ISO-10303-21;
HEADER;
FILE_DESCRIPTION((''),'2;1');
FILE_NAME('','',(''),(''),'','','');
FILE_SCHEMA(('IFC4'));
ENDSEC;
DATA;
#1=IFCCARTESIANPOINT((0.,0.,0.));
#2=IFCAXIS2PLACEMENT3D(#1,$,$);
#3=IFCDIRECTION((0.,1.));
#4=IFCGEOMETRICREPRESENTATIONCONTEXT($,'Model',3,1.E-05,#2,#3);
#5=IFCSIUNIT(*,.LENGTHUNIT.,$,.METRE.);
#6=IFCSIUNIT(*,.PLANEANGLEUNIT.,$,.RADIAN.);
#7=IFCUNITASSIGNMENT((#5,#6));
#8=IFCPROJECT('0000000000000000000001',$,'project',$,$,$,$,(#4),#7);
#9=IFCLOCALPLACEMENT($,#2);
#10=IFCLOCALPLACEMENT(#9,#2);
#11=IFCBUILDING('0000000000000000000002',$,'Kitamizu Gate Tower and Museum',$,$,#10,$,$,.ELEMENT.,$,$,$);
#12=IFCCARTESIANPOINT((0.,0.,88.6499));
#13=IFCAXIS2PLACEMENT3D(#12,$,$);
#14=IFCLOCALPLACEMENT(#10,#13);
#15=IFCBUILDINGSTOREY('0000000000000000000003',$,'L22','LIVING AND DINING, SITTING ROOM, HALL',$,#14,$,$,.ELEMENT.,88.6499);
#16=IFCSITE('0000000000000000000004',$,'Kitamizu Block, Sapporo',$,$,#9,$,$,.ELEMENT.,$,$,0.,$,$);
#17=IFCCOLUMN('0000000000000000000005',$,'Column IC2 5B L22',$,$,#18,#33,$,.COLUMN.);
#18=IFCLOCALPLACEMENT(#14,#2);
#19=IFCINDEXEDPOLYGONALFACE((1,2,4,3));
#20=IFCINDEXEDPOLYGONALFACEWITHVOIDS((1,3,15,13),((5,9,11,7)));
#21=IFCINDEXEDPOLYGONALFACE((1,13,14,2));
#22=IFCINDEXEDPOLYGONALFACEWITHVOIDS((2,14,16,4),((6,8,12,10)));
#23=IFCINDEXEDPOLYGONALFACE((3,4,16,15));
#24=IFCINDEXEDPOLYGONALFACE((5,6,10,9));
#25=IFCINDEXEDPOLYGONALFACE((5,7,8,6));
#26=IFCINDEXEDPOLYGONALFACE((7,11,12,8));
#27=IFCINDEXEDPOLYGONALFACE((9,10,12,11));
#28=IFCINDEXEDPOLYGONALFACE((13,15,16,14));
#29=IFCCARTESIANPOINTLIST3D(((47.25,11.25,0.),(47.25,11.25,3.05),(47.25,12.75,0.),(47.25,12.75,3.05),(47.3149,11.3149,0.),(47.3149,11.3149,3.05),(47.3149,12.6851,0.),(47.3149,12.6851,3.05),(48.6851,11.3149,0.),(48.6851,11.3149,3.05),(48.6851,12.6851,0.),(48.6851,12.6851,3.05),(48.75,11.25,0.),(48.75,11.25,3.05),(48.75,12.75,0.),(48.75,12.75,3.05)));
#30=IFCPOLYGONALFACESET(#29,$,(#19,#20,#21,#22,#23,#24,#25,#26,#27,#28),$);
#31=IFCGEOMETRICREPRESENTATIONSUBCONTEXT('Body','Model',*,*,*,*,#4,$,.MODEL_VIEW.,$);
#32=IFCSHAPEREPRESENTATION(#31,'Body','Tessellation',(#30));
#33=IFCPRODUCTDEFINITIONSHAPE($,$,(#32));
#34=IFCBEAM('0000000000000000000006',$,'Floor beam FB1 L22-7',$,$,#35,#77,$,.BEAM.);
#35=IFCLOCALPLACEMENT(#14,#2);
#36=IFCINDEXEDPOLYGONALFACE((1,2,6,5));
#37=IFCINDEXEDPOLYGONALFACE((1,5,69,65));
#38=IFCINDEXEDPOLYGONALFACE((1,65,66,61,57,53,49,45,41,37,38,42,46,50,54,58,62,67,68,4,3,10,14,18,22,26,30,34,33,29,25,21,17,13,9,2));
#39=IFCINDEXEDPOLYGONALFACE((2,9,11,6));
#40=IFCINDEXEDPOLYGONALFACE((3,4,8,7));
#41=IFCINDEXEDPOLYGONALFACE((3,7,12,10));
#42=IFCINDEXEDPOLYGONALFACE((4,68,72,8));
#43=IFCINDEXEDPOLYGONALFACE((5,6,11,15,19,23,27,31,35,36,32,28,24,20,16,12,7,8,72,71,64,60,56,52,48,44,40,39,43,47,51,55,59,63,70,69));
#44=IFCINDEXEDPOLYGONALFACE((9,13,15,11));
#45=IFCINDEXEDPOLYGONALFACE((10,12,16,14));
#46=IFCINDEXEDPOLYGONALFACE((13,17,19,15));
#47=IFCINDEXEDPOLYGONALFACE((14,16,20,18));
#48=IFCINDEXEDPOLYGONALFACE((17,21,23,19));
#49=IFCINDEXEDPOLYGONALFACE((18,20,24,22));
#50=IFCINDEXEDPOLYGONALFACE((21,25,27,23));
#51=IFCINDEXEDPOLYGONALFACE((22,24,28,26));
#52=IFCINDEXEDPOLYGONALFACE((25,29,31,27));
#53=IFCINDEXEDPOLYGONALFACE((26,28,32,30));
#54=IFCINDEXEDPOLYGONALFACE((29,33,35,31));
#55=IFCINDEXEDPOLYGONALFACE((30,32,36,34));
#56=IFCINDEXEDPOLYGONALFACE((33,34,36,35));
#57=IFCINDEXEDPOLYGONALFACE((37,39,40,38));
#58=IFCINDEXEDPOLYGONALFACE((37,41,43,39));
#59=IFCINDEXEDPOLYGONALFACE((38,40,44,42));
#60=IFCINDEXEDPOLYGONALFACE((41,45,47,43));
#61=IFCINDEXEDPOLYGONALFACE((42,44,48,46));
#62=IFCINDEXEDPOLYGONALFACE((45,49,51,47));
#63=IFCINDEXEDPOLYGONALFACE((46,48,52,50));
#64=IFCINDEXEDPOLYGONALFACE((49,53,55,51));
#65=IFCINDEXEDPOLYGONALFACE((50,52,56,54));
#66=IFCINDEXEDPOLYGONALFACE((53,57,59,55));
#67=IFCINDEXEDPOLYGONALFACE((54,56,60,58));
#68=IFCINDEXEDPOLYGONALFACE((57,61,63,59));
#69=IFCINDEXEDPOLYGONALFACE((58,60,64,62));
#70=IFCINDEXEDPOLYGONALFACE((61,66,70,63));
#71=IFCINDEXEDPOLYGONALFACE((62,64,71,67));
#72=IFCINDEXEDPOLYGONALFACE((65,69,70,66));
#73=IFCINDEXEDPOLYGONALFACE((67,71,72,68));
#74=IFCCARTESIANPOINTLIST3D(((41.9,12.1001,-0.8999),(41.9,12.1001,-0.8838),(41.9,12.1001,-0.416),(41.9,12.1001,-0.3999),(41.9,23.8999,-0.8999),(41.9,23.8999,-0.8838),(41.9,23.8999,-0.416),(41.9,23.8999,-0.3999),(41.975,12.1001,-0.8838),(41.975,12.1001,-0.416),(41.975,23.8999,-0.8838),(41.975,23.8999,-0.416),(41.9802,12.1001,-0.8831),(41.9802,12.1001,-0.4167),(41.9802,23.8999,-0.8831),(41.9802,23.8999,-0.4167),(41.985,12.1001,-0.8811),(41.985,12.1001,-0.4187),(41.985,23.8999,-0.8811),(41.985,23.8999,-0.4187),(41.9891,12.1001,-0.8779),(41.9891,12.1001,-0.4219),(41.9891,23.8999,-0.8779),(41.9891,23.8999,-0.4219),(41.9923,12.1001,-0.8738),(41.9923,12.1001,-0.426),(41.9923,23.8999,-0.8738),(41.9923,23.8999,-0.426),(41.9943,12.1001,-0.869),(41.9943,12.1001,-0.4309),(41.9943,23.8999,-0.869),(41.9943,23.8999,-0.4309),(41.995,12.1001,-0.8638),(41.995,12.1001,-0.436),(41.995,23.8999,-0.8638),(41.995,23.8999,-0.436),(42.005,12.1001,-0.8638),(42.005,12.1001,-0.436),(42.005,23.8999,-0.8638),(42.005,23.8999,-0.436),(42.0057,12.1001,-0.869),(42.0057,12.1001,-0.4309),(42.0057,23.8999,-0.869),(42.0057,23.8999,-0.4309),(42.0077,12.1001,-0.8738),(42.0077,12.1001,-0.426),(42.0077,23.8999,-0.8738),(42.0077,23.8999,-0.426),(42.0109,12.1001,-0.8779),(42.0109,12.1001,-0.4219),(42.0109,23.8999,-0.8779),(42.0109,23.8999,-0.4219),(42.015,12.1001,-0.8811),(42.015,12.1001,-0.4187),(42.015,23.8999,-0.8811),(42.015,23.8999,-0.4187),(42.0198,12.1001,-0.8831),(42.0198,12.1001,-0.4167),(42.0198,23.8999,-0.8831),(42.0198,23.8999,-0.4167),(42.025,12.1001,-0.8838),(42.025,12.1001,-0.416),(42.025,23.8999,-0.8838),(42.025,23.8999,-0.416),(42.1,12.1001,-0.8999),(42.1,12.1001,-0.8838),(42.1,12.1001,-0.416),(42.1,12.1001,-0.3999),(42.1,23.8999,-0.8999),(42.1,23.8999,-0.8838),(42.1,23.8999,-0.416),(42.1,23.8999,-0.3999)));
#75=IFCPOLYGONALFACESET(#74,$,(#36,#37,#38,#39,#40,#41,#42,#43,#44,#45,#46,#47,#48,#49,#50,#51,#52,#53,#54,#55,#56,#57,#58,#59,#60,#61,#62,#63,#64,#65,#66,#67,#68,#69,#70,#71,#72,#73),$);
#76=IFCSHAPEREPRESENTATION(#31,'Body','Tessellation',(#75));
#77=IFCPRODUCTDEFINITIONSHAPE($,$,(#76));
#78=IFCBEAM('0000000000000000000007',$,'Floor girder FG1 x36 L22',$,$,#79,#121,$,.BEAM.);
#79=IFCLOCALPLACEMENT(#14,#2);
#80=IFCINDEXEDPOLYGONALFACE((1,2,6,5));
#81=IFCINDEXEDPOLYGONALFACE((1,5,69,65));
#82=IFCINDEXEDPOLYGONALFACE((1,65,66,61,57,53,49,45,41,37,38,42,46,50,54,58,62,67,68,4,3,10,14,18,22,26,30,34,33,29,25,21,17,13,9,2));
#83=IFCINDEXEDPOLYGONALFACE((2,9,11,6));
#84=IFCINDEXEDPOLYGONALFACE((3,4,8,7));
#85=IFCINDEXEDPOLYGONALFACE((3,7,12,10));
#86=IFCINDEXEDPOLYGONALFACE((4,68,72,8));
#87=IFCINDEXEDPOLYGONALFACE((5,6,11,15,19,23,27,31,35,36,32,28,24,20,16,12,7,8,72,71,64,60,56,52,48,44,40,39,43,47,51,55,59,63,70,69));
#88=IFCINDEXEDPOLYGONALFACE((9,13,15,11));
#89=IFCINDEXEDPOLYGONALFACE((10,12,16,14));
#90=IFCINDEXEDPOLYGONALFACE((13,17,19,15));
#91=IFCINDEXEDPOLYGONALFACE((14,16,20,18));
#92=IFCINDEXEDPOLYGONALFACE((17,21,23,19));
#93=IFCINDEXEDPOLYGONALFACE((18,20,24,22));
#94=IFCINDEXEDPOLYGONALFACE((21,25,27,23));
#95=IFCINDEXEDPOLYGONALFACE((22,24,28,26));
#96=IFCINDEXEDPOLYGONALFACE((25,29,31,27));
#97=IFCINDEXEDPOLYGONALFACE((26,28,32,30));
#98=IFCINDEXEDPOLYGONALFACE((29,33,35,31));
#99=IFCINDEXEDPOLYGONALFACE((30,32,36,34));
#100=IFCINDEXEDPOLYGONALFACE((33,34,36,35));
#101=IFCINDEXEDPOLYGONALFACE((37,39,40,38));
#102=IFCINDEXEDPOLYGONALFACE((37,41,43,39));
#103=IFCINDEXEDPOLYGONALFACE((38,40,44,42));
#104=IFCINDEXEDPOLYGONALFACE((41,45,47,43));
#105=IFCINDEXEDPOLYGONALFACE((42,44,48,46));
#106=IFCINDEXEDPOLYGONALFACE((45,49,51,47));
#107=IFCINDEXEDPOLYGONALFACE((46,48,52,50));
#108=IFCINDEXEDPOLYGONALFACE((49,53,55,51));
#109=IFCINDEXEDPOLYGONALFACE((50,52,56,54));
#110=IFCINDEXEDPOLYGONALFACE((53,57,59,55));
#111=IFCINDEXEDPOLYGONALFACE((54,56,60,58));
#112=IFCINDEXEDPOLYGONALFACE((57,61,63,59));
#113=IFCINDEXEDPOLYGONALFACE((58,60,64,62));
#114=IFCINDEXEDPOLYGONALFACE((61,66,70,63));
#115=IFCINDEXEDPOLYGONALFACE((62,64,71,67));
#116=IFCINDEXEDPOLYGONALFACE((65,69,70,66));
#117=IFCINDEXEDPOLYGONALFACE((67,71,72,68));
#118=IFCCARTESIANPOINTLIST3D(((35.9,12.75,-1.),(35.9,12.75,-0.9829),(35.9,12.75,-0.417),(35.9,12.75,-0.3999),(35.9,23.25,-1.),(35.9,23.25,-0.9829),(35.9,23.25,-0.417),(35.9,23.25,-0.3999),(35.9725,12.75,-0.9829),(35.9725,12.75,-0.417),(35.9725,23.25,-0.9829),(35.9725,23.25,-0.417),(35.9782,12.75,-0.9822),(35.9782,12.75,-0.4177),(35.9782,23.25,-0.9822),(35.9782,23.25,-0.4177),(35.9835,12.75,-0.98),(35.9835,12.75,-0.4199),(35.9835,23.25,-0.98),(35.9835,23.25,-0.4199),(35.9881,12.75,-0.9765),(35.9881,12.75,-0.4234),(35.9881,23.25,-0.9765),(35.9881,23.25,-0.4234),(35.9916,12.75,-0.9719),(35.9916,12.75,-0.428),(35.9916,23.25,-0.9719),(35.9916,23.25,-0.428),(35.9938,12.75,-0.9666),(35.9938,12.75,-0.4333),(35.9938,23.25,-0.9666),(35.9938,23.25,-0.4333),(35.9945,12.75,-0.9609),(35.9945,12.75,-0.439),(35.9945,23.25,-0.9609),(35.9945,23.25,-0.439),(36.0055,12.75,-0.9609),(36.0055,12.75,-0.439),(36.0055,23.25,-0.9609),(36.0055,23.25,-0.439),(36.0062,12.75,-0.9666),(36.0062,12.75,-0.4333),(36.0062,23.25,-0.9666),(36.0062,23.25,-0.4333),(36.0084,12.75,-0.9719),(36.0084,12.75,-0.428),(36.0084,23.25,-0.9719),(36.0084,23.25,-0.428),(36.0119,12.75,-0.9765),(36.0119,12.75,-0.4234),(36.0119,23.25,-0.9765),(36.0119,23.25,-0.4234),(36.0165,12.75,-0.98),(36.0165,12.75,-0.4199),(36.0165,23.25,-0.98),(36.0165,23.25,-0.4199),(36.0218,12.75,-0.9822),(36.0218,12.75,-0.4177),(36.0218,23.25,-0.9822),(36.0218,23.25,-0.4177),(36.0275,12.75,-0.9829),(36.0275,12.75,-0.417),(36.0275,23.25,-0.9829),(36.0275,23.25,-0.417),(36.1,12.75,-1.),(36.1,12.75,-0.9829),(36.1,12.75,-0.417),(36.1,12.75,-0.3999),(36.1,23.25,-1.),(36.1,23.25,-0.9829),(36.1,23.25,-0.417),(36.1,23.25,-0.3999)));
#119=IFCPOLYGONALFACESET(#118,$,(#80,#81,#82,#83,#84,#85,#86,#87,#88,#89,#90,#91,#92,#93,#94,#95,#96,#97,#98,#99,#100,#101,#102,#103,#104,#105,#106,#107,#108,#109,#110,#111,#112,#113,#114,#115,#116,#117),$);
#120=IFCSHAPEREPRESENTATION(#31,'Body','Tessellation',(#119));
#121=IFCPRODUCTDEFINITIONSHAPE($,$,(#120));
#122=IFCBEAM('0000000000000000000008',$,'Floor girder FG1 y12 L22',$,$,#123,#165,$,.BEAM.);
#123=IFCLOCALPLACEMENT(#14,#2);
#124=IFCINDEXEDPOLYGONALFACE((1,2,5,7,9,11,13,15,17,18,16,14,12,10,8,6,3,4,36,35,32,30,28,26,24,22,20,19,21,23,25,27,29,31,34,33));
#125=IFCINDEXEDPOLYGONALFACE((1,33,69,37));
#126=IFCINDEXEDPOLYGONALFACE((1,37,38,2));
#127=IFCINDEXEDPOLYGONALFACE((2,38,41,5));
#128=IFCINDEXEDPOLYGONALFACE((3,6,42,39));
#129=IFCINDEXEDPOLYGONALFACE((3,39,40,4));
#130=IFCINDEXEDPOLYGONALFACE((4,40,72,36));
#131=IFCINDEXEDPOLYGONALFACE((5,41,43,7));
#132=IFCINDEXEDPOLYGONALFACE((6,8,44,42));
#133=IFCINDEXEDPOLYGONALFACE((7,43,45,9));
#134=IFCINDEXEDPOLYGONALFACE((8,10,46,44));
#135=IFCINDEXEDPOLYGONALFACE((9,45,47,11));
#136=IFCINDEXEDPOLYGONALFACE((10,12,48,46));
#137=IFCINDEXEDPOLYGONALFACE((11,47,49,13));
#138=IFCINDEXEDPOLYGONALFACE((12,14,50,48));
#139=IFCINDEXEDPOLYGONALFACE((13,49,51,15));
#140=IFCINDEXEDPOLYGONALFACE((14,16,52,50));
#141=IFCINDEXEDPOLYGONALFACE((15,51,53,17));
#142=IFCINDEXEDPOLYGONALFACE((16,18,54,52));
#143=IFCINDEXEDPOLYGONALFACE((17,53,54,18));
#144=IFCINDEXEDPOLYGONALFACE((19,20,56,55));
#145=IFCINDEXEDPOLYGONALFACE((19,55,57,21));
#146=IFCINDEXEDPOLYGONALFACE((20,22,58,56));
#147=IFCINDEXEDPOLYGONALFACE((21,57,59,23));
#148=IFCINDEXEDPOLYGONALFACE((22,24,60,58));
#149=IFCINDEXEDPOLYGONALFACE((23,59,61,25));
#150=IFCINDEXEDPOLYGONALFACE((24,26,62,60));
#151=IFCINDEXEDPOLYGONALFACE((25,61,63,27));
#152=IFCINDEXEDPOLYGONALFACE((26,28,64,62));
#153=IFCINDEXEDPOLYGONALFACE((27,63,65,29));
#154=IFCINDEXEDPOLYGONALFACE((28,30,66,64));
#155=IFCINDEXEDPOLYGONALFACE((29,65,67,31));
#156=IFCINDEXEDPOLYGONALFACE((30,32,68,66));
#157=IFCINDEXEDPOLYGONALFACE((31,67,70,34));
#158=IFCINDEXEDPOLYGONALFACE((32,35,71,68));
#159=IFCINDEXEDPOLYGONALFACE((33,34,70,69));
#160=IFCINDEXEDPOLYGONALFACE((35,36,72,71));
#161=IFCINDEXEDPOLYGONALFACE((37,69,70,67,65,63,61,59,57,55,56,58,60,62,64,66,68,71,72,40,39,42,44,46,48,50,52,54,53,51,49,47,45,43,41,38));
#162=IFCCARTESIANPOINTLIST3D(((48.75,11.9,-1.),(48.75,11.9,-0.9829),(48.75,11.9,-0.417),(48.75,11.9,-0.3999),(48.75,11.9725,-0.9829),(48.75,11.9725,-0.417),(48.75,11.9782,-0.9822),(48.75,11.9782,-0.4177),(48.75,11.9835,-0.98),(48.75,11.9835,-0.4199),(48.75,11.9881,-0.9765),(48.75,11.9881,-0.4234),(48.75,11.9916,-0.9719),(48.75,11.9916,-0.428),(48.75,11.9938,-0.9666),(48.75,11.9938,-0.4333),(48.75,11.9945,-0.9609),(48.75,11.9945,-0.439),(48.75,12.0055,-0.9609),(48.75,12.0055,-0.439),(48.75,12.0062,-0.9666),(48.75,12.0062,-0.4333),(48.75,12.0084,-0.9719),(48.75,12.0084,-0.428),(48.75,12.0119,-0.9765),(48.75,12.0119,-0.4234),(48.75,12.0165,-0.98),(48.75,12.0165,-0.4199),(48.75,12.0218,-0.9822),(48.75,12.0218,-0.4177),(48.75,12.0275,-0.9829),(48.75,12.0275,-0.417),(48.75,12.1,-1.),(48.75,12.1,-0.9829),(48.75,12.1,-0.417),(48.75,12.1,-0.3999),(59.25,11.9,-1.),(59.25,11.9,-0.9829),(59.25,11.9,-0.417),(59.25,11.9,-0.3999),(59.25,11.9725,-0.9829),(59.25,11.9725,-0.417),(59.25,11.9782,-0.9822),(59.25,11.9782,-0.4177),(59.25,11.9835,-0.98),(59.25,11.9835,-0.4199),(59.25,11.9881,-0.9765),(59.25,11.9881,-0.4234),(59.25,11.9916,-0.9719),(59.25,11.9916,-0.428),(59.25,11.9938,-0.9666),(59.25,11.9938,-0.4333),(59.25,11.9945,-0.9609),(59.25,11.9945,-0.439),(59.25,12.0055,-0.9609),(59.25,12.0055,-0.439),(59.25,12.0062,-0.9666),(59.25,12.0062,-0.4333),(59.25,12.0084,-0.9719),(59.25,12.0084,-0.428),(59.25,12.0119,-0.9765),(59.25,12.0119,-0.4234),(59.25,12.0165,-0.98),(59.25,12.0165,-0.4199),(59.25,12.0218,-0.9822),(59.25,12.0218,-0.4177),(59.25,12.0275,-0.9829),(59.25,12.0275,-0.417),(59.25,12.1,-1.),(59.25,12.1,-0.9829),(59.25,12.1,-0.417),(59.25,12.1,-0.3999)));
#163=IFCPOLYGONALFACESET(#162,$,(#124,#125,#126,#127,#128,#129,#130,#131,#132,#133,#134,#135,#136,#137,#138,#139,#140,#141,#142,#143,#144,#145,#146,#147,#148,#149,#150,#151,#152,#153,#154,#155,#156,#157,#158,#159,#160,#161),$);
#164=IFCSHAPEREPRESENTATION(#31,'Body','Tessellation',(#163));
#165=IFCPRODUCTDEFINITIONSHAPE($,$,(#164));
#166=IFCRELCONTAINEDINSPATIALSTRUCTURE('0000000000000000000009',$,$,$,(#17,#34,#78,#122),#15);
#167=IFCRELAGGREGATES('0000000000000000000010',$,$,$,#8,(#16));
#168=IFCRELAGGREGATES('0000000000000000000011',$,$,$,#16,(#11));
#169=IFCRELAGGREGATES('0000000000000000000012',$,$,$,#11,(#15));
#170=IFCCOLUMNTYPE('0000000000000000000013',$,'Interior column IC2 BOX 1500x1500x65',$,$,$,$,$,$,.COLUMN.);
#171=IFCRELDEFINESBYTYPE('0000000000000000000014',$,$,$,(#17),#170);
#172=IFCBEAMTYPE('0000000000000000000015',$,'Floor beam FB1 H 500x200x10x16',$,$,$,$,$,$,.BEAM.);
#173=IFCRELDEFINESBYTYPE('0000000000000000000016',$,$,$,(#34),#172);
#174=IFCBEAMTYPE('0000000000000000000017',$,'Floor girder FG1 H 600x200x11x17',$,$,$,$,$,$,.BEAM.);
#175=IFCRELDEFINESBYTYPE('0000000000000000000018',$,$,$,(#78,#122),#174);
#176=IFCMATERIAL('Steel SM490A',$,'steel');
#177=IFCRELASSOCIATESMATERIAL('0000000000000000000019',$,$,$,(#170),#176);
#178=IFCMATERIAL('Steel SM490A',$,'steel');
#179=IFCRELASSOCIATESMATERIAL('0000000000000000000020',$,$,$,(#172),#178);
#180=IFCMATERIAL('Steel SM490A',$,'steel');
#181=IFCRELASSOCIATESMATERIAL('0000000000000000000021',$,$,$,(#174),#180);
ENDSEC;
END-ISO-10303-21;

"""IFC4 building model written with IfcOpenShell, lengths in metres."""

from ifc_helpers import new_model, si_unit, direction, frame, origin, origin_2d, place, context, subcontext, project, spatial, hollow_rectangle, i_section, extrude, material, material_profile, profile_set, type_object, element, save


model = new_model("IFC4")

# Units and contexts
model_context = context("Model", 3, precision=1e-05, world=origin(), true_north=direction((0.0, 1.0)))
body_context = subcontext(model_context, "Body", "Model", "MODEL_VIEW")
ifc_project = project(units=[si_unit("LENGTHUNIT", "METRE"), si_unit("PLANEANGLEUNIT", "RADIAN")], contexts=[model_context])

# Site, building, storey
site_placement = place(None, origin())
site = spatial("IfcSite", under=ifc_project, at=site_placement, Name="Kitamizu Block, Sapporo", CompositionType="ELEMENT", RefElevation=0.0)
building_placement = place(site_placement, origin())
building = spatial("IfcBuilding", under=site, at=building_placement, Name="Kitamizu Gate Tower and Museum", CompositionType="ELEMENT")
storey_placement = place(building_placement, frame((0.0, 0.0, 88.6499)))
storey = spatial("IfcBuildingStorey", under=building, at=storey_placement, Name="L22", Description="LIVING AND DINING, SITTING ROOM, HALL", CompositionType="ELEMENT", Elevation=88.6499)

# Column
ifc_material_1 = material(Name="Steel SM490A", Category="steel")
ifc_material_profile_1 = material_profile(ifc_material_1, hollow_rectangle(XDim=1.5, YDim=1.5, WallThickness=0.0649, at=origin_2d()), Name="BOX 1500x1500x65")
ifc_profile_set_1 = profile_set([ifc_material_profile_1], Name="Steel SM490A")
column_type = type_object("IfcColumnType", Name="Interior column IC2 BOX 1500x1500x65", PredefinedType="COLUMN", material=ifc_profile_set_1)
column_placement = place(storey_placement, frame((48.0, 12.0, 0.0), z_axis=(0.0, 0.0, 1.0), x_axis=(1.0, 0.0, 0.0)))
element("IfcColumn", 1, at=column_placement, inside=storey, type_object=column_type, Name="Column IC2 5B L22", PredefinedType="COLUMN", context=body_context, shape_type="SweptSolid", body=[
    extrude(hollow_rectangle(XDim=1.5, YDim=1.5, WallThickness=0.0649, at=origin_2d()), origin(), (0.0, 0.0, 1.0), 3.05),
])

# Beams
ifc_material_2 = material(Name="Steel SM490A", Category="steel")
ifc_material_profile_2 = material_profile(ifc_material_2, i_section(OverallWidth=0.2, OverallDepth=0.5, WebThickness=0.01, FlangeThickness=0.0161, FilletRadius=0.02, at=origin_2d()), Name="H-500x200x10x16")
ifc_profile_set_2 = profile_set([ifc_material_profile_2], Name="Steel SM490A")
beam_type_1 = type_object("IfcBeamType", Name="Floor beam FB1 H 500x200x10x16", PredefinedType="BEAM", material=ifc_profile_set_2)
beam_1_placement = place(storey_placement, frame((42.0, 12.1001, -0.6499), z_axis=(0.0, 1.0, 0.0), x_axis=(-1.0, 0.0, 0.0)))
element("IfcBeam", 2, at=beam_1_placement, inside=storey, type_object=beam_type_1, Name="Floor beam FB1 L22-7", PredefinedType="BEAM", context=body_context, shape_type="SweptSolid", body=[
    extrude(i_section(OverallWidth=0.2, OverallDepth=0.5, WebThickness=0.01, FlangeThickness=0.0161, FilletRadius=0.02, at=origin_2d()), origin(), (0.0, 0.0, 1.0), 11.7998),
])
ifc_material_3 = material(Name="Steel SM490A", Category="steel")
ifc_material_profile_3 = material_profile(ifc_material_3, i_section(OverallWidth=0.2, OverallDepth=0.6001, WebThickness=0.011, FlangeThickness=0.0171, FilletRadius=0.022, at=origin_2d()), Name="H-600x200x11x17")
ifc_profile_set_3 = profile_set([ifc_material_profile_3], Name="Steel SM490A")
beam_type_2 = type_object("IfcBeamType", Name="Floor girder FG1 H 600x200x11x17", PredefinedType="BEAM", material=ifc_profile_set_3)
for number, where, z_axis, x_axis, name in (
    (3, (36.0, 12.75, -0.7), (0.0, 1.0, 0.0), (-1.0, 0.0, 0.0), "Floor girder FG1 x36 L22"),
    (4, (48.75, 12.0, -0.7), (1.0, 0.0, 0.0), (0.0, 1.0, 0.0), "Floor girder FG1 y12 L22"),
):
    element("IfcBeam", number, at=place(storey_placement, frame(where, z_axis=z_axis, x_axis=x_axis)), inside=storey, type_object=beam_type_2, Name=name, PredefinedType="BEAM", context=body_context, shape_type="SweptSolid", body=[
        extrude(i_section(OverallWidth=0.2, OverallDepth=0.6001, WebThickness=0.011, FlangeThickness=0.0171, FilletRadius=0.022, at=origin_2d()), origin(), (0.0, 0.0, 1.0), 10.5),
    ])

save(model, "model.ifc")
